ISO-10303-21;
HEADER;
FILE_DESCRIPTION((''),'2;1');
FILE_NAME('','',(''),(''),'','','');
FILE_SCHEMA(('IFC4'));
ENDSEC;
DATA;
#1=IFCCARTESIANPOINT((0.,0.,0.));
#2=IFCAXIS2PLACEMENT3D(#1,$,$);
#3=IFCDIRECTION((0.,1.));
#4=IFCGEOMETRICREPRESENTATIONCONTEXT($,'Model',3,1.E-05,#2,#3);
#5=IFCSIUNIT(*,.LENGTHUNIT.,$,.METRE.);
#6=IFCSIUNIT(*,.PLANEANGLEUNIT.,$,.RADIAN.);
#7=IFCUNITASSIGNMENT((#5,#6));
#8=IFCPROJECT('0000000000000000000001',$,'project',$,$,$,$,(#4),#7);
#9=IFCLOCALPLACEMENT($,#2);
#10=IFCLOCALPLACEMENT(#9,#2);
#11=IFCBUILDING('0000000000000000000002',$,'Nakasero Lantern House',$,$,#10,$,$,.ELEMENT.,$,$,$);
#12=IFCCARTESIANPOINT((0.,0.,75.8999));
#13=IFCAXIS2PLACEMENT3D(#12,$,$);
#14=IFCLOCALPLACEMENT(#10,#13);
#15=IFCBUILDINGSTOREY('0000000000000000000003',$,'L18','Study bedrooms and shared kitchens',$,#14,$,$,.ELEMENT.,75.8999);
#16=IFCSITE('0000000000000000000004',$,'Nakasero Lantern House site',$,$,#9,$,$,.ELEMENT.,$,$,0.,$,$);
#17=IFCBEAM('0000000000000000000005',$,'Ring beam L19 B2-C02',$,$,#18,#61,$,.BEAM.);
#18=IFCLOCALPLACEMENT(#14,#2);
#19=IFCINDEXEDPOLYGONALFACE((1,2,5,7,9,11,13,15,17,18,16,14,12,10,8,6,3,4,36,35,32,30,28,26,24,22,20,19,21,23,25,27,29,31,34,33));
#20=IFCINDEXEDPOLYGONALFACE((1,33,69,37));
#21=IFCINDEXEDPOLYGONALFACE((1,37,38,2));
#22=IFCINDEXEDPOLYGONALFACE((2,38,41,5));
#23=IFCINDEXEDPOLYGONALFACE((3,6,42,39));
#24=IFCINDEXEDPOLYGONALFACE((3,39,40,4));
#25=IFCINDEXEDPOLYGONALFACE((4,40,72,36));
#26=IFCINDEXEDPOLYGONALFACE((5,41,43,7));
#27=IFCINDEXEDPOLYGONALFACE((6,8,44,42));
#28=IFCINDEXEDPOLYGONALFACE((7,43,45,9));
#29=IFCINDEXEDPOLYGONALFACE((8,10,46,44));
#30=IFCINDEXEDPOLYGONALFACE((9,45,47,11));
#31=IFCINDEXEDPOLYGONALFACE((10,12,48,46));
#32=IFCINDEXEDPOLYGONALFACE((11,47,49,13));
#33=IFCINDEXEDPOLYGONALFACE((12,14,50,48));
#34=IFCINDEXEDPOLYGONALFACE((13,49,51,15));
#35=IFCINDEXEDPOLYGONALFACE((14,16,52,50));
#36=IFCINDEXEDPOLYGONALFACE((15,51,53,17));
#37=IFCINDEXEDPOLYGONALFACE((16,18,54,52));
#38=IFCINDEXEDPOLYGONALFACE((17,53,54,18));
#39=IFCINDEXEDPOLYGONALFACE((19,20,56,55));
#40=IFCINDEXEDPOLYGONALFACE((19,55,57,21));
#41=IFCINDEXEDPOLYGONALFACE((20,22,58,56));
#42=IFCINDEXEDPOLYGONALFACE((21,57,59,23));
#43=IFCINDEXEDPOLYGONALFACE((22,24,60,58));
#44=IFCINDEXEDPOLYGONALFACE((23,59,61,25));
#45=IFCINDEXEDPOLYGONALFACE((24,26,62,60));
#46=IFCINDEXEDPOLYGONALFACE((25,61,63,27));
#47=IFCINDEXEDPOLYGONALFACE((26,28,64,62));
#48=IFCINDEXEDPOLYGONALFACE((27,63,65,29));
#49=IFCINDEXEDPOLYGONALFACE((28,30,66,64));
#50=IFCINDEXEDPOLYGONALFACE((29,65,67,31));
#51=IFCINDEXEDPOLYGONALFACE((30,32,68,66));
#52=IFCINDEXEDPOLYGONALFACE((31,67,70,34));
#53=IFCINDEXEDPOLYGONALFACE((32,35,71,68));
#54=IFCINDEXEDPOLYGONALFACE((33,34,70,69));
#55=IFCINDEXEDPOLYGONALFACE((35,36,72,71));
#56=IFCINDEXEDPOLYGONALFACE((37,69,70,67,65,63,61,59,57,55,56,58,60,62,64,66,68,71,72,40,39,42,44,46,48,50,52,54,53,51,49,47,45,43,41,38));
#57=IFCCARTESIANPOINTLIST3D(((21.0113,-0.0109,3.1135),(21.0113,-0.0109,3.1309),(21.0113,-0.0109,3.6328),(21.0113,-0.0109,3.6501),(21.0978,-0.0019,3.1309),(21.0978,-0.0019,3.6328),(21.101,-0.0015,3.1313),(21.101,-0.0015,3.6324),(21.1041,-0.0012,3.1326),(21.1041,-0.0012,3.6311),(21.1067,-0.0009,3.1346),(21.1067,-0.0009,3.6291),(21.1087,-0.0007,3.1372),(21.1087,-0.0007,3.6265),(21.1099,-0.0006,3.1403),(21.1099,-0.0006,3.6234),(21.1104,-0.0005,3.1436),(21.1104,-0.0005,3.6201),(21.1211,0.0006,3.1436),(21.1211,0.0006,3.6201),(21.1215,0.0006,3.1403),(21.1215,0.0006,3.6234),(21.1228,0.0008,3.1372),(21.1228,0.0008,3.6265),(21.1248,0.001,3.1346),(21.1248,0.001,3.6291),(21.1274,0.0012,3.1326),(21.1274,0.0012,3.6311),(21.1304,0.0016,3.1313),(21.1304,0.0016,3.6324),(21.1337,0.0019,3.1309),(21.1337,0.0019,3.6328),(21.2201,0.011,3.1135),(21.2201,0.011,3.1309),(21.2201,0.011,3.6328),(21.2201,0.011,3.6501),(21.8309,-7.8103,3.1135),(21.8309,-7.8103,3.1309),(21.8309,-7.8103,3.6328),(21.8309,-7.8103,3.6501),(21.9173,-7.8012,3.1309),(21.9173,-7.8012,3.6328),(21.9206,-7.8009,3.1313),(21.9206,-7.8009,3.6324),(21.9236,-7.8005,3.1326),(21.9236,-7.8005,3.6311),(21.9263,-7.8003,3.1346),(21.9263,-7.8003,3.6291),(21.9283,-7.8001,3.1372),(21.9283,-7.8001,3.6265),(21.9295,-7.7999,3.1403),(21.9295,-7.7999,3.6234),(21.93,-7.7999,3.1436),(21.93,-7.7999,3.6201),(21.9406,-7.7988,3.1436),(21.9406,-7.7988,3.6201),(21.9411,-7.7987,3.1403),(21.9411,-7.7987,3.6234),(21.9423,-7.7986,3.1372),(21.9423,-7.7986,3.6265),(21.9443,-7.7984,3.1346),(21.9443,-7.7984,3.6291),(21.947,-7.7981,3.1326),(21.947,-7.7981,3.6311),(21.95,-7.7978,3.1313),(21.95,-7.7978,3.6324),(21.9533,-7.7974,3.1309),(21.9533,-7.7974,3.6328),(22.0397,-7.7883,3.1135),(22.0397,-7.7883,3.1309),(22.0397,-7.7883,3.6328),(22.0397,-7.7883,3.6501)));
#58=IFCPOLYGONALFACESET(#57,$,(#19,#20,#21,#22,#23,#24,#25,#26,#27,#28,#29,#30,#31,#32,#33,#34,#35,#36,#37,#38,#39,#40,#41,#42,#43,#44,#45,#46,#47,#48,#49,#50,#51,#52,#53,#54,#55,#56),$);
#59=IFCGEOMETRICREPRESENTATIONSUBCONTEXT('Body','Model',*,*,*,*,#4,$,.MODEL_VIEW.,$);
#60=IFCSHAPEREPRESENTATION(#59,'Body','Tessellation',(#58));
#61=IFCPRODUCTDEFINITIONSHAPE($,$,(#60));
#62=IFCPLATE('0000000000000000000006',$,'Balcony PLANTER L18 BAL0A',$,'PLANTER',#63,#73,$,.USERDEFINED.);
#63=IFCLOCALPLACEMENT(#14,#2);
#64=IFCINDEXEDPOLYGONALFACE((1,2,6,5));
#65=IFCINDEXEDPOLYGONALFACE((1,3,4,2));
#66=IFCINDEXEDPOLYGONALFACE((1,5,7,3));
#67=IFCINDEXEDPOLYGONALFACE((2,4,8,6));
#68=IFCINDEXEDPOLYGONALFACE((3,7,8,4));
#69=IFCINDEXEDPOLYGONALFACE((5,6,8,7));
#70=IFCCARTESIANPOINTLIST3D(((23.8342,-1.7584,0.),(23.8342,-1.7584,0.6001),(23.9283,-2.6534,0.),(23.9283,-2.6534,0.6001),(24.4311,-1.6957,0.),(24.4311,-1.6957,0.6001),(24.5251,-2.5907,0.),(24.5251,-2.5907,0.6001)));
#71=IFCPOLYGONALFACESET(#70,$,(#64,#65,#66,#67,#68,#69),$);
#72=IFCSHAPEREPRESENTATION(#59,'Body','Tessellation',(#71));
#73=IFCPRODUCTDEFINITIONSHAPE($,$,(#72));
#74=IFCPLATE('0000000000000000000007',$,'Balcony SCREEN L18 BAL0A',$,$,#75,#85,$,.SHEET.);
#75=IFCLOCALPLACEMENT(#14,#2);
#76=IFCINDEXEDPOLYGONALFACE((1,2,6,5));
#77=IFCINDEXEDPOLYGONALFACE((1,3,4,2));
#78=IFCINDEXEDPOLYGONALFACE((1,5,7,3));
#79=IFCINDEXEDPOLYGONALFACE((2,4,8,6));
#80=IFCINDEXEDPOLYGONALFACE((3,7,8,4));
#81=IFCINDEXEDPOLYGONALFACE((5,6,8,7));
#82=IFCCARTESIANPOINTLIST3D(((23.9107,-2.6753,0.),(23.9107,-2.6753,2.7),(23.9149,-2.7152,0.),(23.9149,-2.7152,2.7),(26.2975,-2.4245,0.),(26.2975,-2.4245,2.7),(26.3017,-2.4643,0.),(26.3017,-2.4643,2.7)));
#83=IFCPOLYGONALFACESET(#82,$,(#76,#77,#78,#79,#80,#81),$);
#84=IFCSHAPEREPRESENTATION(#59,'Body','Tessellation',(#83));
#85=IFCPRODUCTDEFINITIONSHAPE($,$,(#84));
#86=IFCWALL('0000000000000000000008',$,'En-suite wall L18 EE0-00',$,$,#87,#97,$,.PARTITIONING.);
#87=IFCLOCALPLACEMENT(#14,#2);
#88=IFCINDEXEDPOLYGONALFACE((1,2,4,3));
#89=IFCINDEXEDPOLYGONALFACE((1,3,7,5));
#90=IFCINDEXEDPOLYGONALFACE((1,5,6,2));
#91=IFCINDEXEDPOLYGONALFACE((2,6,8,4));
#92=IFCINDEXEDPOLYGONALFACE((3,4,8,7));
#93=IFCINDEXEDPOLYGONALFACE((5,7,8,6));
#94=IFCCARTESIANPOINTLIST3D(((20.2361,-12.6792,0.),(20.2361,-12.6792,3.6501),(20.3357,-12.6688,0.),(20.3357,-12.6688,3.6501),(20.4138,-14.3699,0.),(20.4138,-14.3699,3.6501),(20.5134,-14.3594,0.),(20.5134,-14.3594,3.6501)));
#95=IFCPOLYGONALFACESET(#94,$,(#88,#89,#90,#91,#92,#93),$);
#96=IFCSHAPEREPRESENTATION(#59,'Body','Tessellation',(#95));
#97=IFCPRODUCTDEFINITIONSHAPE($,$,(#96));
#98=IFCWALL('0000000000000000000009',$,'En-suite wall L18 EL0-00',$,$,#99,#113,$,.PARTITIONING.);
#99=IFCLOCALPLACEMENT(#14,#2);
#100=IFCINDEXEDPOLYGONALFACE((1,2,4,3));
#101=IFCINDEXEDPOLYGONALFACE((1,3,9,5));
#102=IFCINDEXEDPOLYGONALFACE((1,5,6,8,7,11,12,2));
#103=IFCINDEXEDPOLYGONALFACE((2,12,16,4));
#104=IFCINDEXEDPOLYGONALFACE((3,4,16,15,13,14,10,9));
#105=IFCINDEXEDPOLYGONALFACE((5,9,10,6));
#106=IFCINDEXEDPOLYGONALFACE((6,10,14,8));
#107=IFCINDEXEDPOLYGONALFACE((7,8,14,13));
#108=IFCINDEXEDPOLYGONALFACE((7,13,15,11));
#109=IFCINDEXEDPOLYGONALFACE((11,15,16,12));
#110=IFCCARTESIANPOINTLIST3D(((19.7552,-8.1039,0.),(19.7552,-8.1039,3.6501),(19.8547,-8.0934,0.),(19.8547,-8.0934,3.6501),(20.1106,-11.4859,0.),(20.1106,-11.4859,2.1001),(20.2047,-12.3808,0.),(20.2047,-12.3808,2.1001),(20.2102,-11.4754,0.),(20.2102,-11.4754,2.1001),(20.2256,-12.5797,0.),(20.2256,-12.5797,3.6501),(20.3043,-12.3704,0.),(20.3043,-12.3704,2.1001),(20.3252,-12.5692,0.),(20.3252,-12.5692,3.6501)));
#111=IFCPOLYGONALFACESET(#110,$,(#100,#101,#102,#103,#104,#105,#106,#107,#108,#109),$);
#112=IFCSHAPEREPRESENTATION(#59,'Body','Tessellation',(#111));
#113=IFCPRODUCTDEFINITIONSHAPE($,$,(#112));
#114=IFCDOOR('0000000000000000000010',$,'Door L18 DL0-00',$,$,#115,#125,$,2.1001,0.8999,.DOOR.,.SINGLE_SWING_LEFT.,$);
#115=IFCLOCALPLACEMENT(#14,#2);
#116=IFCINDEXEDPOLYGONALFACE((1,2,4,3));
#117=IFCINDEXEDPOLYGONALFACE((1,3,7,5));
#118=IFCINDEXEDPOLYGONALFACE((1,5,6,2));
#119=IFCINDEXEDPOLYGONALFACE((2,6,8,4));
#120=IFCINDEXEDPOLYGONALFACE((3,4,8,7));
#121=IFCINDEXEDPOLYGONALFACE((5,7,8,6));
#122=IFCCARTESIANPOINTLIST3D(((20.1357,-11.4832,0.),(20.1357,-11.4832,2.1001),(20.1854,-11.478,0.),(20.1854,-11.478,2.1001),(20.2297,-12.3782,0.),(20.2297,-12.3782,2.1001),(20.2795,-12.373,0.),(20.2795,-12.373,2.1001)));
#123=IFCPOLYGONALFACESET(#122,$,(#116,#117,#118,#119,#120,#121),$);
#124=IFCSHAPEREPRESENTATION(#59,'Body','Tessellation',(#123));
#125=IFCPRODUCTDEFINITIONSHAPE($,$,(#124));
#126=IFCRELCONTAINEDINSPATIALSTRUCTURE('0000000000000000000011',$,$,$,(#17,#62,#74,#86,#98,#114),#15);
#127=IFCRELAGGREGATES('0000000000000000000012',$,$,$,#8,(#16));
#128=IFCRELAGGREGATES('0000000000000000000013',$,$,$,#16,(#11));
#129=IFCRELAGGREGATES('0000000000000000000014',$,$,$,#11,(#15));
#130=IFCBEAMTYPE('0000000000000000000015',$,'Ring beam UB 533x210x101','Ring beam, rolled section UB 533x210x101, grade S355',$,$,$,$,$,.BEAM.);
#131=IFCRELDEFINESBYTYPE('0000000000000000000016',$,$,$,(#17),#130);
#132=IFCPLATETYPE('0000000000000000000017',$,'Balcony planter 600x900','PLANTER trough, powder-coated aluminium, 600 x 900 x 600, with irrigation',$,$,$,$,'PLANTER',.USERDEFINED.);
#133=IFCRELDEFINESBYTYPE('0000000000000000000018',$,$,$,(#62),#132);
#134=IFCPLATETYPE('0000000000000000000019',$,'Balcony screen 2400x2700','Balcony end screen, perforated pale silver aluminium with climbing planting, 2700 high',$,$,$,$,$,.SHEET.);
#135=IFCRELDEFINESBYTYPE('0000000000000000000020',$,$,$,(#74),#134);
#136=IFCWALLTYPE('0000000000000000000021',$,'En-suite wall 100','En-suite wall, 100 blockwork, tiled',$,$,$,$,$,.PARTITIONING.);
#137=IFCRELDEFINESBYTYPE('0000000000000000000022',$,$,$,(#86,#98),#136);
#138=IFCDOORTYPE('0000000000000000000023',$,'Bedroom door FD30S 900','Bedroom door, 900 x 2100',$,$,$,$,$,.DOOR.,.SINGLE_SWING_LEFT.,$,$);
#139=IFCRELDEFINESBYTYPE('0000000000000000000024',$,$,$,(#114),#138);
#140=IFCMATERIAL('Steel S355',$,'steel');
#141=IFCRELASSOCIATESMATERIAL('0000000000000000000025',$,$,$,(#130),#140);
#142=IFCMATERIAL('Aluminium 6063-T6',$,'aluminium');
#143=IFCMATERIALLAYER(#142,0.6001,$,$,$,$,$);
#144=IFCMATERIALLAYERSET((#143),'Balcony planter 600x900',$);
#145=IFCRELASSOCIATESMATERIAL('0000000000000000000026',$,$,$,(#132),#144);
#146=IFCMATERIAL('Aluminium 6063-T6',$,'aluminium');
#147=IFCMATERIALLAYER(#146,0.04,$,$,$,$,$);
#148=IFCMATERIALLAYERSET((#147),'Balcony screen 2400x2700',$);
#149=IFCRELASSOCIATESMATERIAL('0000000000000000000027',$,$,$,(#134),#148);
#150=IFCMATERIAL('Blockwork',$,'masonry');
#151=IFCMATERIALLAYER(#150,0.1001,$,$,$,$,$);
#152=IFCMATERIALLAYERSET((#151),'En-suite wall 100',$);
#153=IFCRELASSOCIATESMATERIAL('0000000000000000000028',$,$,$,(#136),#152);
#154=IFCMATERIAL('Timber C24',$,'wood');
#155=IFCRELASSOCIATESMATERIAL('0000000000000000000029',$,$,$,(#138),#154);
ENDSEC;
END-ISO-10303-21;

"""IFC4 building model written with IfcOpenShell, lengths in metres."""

from ifc_helpers import new_model, si_unit, direction, frame, frame_2d, origin, origin_2d, place, context, subcontext, project, spatial, rectangle, i_section, extrude, material, layer, layer_set, material_profile, profile_set, type_object, element, fill, save


model = new_model("IFC4")

# Units and contexts
model_context = context("Model", 3, precision=1e-05, world=origin(), true_north=direction((0.0, 1.0)))
body_context = subcontext(model_context, "Body", "Model", "MODEL_VIEW")
ifc_project = project(units=[si_unit("LENGTHUNIT", "METRE"), si_unit("PLANEANGLEUNIT", "RADIAN")], contexts=[model_context])

# Site, building, storey
site_placement = place(None, origin())
site = spatial("IfcSite", under=ifc_project, at=site_placement, Name="Nakasero Lantern House site", CompositionType="ELEMENT", RefElevation=0.0)
building_placement = place(site_placement, origin())
building = spatial("IfcBuilding", under=site, at=building_placement, Name="Nakasero Lantern House", CompositionType="ELEMENT")
storey_placement = place(building_placement, frame((0.0, 0.0, 75.8999)))
storey = spatial("IfcBuildingStorey", under=building, at=storey_placement, Name="L18", Description="Study bedrooms and shared kitchens", CompositionType="ELEMENT", Elevation=75.8999)

# Beam
ifc_material_1 = material(Name="Steel S355", Category="steel")
ifc_material_profile_1 = material_profile(ifc_material_1, i_section(OverallWidth=0.21, OverallDepth=0.5366, WebThickness=0.0107, FlangeThickness=0.0173, FilletRadius=0.0127, at=origin_2d()), Name="UB 533x210x101")
ifc_profile_set_1 = profile_set([ifc_material_profile_1], Name="Steel S355")
beam_type_1 = type_object("IfcBeamType", Name="Ring beam UB 533x210x101", Description="Ring beam, rolled section UB 533x210x101, grade S355", PredefinedType="BEAM", material=ifc_profile_set_1)
beam_1_placement = place(storey_placement, frame((21.9353, -7.7993, 3.3818), z_axis=(-0.104508, 0.994524, 0.0), x_axis=(-0.994524, -0.104508, 0.0)))
element("IfcBeam", 1, at=beam_1_placement, inside=storey, type_object=beam_type_1, Name="Ring beam L19 B2-C02", PredefinedType="BEAM", context=body_context, shape_type="SweptSolid", body=[
    extrude(i_section(OverallWidth=0.21, OverallDepth=0.5366, WebThickness=0.0107, FlangeThickness=0.0173, FilletRadius=0.0127, at=origin_2d()), origin(), (0.0, 0.0, 1.0), 7.8423),
])

# Plates
ifc_material_2 = material(Name="Aluminium 6063-T6", Category="aluminium")
ifc_layer_1 = layer(ifc_material_2, 0.6001)
ifc_layer_set_1 = layer_set([ifc_layer_1], Name="Balcony planter 600x900")
plate_type_1 = type_object("IfcPlateType", Name="Balcony planter 600x900", Description="PLANTER trough, powder-coated aluminium, 600 x 900 x 600, with irrigation", ElementType="PLANTER", PredefinedType="USERDEFINED", material=ifc_layer_set_1)
plate_1_placement = place(storey_placement, frame((24.1797, -2.1746, 0.0), z_axis=(0.0, 0.0, 1.0), x_axis=(0.994522, 0.104528, 0.0)))
element("IfcPlate", 2, at=plate_1_placement, inside=storey, type_object=plate_type_1, Name="Balcony PLANTER L18 BAL0A", ObjectType="PLANTER", PredefinedType="USERDEFINED", context=body_context, shape_type="SweptSolid", body=[
    extrude(rectangle(XDim=0.6001, YDim=0.8999, at=origin_2d()), origin(), (0.0, 0.0, 1.0), 0.6001),
])
ifc_material_3 = material(Name="Aluminium 6063-T6", Category="aluminium")
ifc_layer_2 = layer(ifc_material_3, 0.04)
ifc_layer_set_2 = layer_set([ifc_layer_2], Name="Balcony screen 2400x2700")
plate_type_2 = type_object("IfcPlateType", Name="Balcony screen 2400x2700", Description="Balcony end screen, perforated pale silver aluminium with climbing planting, 2700 high", PredefinedType="SHEET", material=ifc_layer_set_2)
plate_2_placement = place(storey_placement, frame((25.1062, -2.5698, 0.0), z_axis=(0.0, 0.0, 1.0), x_axis=(0.994522, 0.104528, 0.0)))
element("IfcPlate", 3, at=plate_2_placement, inside=storey, type_object=plate_type_2, Name="Balcony SCREEN L18 BAL0A", PredefinedType="SHEET", context=body_context, shape_type="SweptSolid", body=[
    extrude(rectangle(XDim=2.3999, YDim=0.04, at=origin_2d()), origin(), (0.0, 0.0, 1.0), 2.7),
])

# Wall
ifc_material_4 = material(Name="Blockwork", Category="masonry")
ifc_layer_3 = layer(ifc_material_4, 0.1001)
ifc_layer_set_3 = layer_set([ifc_layer_3], Name="En-suite wall 100")
wall_type_1 = type_object("IfcWallType", Name="En-suite wall 100", Description="En-suite wall, 100 blockwork, tiled", PredefinedType="PARTITIONING", material=ifc_layer_set_3)
wall_1_placement = place(storey_placement, frame((20.4636, -14.3647, 0.0), z_axis=(0.0, 0.0, 1.0), x_axis=(-0.10455, 0.99452, 0.0)))
element("IfcWall", 4, at=wall_1_placement, inside=storey, type_object=wall_type_1, Name="En-suite wall L18 EE0-00", PredefinedType="PARTITIONING", context=body_context, shape_type="SweptSolid", body=[
    extrude(rectangle(XDim=1.7, YDim=0.1001, at=frame_2d((0.8501, 0.0))), origin(), (0.0, 0.0, 1.0), 3.6501),
])

# Wall, opening, door
wall_2_placement = place(storey_placement, frame((20.2754, -12.5745, 0.0), z_axis=(0.0, 0.0, 1.0), x_axis=(-0.104535, 0.994521, 0.0)))
wall_2 = element("IfcWall", 5, at=wall_2_placement, inside=storey, type_object=wall_type_1, Name="En-suite wall L18 EL0-00", PredefinedType="PARTITIONING", context=body_context, shape_type="SweptSolid", body=[
    extrude(rectangle(XDim=4.5005, YDim=0.1001, at=frame_2d((2.2502, 0.0))), origin(), (0.0, 0.0, 1.0), 3.6501),
])
opening_1_placement = place(wall_2_placement, frame((0.2, 0.0, 0.0)))
opening_1 = element("IfcOpeningElement", 6, at=opening_1_placement, cuts=wall_2, PredefinedType="OPENING", context=body_context, shape_type="SweptSolid", body=[
    extrude(rectangle(XDim=0.8999, YDim=2.1001, at=frame_2d((0.45, 1.05))), frame((0.0, 0.0701, 0.0), z_axis=(0.0, -1.0, 0.0), x_axis=(1.0, 0.0, 0.0)), (0.0, 0.0, 1.0), 0.1401),
])
ifc_material_5 = material(Name="Timber C24", Category="wood")
door_type_1 = type_object("IfcDoorType", Name="Bedroom door FD30S 900", Description="Bedroom door, 900 x 2100", OperationType="SINGLE_SWING_LEFT", PredefinedType="DOOR", material=ifc_material_5)
door_1_placement = place(opening_1_placement, origin())
door_1 = element("IfcDoor", 7, at=door_1_placement, inside=storey, type_object=door_type_1, Name="Door L18 DL0-00", OperationType="SINGLE_SWING_LEFT", OverallHeight=2.1001, OverallWidth=0.8999, PredefinedType="DOOR", context=body_context, shape_type="SweptSolid", body=[
    extrude(rectangle(XDim=0.8999, YDim=2.1001, at=frame_2d((0.45, 1.05))), frame((0.0, 0.0249, 0.0), z_axis=(0.0, -1.0, 0.0), x_axis=(1.0, 0.0, 0.0)), (0.0, 0.0, 1.0), 0.05),
])
fill(opening_1, door_1)

save(model, "model.ifc")
